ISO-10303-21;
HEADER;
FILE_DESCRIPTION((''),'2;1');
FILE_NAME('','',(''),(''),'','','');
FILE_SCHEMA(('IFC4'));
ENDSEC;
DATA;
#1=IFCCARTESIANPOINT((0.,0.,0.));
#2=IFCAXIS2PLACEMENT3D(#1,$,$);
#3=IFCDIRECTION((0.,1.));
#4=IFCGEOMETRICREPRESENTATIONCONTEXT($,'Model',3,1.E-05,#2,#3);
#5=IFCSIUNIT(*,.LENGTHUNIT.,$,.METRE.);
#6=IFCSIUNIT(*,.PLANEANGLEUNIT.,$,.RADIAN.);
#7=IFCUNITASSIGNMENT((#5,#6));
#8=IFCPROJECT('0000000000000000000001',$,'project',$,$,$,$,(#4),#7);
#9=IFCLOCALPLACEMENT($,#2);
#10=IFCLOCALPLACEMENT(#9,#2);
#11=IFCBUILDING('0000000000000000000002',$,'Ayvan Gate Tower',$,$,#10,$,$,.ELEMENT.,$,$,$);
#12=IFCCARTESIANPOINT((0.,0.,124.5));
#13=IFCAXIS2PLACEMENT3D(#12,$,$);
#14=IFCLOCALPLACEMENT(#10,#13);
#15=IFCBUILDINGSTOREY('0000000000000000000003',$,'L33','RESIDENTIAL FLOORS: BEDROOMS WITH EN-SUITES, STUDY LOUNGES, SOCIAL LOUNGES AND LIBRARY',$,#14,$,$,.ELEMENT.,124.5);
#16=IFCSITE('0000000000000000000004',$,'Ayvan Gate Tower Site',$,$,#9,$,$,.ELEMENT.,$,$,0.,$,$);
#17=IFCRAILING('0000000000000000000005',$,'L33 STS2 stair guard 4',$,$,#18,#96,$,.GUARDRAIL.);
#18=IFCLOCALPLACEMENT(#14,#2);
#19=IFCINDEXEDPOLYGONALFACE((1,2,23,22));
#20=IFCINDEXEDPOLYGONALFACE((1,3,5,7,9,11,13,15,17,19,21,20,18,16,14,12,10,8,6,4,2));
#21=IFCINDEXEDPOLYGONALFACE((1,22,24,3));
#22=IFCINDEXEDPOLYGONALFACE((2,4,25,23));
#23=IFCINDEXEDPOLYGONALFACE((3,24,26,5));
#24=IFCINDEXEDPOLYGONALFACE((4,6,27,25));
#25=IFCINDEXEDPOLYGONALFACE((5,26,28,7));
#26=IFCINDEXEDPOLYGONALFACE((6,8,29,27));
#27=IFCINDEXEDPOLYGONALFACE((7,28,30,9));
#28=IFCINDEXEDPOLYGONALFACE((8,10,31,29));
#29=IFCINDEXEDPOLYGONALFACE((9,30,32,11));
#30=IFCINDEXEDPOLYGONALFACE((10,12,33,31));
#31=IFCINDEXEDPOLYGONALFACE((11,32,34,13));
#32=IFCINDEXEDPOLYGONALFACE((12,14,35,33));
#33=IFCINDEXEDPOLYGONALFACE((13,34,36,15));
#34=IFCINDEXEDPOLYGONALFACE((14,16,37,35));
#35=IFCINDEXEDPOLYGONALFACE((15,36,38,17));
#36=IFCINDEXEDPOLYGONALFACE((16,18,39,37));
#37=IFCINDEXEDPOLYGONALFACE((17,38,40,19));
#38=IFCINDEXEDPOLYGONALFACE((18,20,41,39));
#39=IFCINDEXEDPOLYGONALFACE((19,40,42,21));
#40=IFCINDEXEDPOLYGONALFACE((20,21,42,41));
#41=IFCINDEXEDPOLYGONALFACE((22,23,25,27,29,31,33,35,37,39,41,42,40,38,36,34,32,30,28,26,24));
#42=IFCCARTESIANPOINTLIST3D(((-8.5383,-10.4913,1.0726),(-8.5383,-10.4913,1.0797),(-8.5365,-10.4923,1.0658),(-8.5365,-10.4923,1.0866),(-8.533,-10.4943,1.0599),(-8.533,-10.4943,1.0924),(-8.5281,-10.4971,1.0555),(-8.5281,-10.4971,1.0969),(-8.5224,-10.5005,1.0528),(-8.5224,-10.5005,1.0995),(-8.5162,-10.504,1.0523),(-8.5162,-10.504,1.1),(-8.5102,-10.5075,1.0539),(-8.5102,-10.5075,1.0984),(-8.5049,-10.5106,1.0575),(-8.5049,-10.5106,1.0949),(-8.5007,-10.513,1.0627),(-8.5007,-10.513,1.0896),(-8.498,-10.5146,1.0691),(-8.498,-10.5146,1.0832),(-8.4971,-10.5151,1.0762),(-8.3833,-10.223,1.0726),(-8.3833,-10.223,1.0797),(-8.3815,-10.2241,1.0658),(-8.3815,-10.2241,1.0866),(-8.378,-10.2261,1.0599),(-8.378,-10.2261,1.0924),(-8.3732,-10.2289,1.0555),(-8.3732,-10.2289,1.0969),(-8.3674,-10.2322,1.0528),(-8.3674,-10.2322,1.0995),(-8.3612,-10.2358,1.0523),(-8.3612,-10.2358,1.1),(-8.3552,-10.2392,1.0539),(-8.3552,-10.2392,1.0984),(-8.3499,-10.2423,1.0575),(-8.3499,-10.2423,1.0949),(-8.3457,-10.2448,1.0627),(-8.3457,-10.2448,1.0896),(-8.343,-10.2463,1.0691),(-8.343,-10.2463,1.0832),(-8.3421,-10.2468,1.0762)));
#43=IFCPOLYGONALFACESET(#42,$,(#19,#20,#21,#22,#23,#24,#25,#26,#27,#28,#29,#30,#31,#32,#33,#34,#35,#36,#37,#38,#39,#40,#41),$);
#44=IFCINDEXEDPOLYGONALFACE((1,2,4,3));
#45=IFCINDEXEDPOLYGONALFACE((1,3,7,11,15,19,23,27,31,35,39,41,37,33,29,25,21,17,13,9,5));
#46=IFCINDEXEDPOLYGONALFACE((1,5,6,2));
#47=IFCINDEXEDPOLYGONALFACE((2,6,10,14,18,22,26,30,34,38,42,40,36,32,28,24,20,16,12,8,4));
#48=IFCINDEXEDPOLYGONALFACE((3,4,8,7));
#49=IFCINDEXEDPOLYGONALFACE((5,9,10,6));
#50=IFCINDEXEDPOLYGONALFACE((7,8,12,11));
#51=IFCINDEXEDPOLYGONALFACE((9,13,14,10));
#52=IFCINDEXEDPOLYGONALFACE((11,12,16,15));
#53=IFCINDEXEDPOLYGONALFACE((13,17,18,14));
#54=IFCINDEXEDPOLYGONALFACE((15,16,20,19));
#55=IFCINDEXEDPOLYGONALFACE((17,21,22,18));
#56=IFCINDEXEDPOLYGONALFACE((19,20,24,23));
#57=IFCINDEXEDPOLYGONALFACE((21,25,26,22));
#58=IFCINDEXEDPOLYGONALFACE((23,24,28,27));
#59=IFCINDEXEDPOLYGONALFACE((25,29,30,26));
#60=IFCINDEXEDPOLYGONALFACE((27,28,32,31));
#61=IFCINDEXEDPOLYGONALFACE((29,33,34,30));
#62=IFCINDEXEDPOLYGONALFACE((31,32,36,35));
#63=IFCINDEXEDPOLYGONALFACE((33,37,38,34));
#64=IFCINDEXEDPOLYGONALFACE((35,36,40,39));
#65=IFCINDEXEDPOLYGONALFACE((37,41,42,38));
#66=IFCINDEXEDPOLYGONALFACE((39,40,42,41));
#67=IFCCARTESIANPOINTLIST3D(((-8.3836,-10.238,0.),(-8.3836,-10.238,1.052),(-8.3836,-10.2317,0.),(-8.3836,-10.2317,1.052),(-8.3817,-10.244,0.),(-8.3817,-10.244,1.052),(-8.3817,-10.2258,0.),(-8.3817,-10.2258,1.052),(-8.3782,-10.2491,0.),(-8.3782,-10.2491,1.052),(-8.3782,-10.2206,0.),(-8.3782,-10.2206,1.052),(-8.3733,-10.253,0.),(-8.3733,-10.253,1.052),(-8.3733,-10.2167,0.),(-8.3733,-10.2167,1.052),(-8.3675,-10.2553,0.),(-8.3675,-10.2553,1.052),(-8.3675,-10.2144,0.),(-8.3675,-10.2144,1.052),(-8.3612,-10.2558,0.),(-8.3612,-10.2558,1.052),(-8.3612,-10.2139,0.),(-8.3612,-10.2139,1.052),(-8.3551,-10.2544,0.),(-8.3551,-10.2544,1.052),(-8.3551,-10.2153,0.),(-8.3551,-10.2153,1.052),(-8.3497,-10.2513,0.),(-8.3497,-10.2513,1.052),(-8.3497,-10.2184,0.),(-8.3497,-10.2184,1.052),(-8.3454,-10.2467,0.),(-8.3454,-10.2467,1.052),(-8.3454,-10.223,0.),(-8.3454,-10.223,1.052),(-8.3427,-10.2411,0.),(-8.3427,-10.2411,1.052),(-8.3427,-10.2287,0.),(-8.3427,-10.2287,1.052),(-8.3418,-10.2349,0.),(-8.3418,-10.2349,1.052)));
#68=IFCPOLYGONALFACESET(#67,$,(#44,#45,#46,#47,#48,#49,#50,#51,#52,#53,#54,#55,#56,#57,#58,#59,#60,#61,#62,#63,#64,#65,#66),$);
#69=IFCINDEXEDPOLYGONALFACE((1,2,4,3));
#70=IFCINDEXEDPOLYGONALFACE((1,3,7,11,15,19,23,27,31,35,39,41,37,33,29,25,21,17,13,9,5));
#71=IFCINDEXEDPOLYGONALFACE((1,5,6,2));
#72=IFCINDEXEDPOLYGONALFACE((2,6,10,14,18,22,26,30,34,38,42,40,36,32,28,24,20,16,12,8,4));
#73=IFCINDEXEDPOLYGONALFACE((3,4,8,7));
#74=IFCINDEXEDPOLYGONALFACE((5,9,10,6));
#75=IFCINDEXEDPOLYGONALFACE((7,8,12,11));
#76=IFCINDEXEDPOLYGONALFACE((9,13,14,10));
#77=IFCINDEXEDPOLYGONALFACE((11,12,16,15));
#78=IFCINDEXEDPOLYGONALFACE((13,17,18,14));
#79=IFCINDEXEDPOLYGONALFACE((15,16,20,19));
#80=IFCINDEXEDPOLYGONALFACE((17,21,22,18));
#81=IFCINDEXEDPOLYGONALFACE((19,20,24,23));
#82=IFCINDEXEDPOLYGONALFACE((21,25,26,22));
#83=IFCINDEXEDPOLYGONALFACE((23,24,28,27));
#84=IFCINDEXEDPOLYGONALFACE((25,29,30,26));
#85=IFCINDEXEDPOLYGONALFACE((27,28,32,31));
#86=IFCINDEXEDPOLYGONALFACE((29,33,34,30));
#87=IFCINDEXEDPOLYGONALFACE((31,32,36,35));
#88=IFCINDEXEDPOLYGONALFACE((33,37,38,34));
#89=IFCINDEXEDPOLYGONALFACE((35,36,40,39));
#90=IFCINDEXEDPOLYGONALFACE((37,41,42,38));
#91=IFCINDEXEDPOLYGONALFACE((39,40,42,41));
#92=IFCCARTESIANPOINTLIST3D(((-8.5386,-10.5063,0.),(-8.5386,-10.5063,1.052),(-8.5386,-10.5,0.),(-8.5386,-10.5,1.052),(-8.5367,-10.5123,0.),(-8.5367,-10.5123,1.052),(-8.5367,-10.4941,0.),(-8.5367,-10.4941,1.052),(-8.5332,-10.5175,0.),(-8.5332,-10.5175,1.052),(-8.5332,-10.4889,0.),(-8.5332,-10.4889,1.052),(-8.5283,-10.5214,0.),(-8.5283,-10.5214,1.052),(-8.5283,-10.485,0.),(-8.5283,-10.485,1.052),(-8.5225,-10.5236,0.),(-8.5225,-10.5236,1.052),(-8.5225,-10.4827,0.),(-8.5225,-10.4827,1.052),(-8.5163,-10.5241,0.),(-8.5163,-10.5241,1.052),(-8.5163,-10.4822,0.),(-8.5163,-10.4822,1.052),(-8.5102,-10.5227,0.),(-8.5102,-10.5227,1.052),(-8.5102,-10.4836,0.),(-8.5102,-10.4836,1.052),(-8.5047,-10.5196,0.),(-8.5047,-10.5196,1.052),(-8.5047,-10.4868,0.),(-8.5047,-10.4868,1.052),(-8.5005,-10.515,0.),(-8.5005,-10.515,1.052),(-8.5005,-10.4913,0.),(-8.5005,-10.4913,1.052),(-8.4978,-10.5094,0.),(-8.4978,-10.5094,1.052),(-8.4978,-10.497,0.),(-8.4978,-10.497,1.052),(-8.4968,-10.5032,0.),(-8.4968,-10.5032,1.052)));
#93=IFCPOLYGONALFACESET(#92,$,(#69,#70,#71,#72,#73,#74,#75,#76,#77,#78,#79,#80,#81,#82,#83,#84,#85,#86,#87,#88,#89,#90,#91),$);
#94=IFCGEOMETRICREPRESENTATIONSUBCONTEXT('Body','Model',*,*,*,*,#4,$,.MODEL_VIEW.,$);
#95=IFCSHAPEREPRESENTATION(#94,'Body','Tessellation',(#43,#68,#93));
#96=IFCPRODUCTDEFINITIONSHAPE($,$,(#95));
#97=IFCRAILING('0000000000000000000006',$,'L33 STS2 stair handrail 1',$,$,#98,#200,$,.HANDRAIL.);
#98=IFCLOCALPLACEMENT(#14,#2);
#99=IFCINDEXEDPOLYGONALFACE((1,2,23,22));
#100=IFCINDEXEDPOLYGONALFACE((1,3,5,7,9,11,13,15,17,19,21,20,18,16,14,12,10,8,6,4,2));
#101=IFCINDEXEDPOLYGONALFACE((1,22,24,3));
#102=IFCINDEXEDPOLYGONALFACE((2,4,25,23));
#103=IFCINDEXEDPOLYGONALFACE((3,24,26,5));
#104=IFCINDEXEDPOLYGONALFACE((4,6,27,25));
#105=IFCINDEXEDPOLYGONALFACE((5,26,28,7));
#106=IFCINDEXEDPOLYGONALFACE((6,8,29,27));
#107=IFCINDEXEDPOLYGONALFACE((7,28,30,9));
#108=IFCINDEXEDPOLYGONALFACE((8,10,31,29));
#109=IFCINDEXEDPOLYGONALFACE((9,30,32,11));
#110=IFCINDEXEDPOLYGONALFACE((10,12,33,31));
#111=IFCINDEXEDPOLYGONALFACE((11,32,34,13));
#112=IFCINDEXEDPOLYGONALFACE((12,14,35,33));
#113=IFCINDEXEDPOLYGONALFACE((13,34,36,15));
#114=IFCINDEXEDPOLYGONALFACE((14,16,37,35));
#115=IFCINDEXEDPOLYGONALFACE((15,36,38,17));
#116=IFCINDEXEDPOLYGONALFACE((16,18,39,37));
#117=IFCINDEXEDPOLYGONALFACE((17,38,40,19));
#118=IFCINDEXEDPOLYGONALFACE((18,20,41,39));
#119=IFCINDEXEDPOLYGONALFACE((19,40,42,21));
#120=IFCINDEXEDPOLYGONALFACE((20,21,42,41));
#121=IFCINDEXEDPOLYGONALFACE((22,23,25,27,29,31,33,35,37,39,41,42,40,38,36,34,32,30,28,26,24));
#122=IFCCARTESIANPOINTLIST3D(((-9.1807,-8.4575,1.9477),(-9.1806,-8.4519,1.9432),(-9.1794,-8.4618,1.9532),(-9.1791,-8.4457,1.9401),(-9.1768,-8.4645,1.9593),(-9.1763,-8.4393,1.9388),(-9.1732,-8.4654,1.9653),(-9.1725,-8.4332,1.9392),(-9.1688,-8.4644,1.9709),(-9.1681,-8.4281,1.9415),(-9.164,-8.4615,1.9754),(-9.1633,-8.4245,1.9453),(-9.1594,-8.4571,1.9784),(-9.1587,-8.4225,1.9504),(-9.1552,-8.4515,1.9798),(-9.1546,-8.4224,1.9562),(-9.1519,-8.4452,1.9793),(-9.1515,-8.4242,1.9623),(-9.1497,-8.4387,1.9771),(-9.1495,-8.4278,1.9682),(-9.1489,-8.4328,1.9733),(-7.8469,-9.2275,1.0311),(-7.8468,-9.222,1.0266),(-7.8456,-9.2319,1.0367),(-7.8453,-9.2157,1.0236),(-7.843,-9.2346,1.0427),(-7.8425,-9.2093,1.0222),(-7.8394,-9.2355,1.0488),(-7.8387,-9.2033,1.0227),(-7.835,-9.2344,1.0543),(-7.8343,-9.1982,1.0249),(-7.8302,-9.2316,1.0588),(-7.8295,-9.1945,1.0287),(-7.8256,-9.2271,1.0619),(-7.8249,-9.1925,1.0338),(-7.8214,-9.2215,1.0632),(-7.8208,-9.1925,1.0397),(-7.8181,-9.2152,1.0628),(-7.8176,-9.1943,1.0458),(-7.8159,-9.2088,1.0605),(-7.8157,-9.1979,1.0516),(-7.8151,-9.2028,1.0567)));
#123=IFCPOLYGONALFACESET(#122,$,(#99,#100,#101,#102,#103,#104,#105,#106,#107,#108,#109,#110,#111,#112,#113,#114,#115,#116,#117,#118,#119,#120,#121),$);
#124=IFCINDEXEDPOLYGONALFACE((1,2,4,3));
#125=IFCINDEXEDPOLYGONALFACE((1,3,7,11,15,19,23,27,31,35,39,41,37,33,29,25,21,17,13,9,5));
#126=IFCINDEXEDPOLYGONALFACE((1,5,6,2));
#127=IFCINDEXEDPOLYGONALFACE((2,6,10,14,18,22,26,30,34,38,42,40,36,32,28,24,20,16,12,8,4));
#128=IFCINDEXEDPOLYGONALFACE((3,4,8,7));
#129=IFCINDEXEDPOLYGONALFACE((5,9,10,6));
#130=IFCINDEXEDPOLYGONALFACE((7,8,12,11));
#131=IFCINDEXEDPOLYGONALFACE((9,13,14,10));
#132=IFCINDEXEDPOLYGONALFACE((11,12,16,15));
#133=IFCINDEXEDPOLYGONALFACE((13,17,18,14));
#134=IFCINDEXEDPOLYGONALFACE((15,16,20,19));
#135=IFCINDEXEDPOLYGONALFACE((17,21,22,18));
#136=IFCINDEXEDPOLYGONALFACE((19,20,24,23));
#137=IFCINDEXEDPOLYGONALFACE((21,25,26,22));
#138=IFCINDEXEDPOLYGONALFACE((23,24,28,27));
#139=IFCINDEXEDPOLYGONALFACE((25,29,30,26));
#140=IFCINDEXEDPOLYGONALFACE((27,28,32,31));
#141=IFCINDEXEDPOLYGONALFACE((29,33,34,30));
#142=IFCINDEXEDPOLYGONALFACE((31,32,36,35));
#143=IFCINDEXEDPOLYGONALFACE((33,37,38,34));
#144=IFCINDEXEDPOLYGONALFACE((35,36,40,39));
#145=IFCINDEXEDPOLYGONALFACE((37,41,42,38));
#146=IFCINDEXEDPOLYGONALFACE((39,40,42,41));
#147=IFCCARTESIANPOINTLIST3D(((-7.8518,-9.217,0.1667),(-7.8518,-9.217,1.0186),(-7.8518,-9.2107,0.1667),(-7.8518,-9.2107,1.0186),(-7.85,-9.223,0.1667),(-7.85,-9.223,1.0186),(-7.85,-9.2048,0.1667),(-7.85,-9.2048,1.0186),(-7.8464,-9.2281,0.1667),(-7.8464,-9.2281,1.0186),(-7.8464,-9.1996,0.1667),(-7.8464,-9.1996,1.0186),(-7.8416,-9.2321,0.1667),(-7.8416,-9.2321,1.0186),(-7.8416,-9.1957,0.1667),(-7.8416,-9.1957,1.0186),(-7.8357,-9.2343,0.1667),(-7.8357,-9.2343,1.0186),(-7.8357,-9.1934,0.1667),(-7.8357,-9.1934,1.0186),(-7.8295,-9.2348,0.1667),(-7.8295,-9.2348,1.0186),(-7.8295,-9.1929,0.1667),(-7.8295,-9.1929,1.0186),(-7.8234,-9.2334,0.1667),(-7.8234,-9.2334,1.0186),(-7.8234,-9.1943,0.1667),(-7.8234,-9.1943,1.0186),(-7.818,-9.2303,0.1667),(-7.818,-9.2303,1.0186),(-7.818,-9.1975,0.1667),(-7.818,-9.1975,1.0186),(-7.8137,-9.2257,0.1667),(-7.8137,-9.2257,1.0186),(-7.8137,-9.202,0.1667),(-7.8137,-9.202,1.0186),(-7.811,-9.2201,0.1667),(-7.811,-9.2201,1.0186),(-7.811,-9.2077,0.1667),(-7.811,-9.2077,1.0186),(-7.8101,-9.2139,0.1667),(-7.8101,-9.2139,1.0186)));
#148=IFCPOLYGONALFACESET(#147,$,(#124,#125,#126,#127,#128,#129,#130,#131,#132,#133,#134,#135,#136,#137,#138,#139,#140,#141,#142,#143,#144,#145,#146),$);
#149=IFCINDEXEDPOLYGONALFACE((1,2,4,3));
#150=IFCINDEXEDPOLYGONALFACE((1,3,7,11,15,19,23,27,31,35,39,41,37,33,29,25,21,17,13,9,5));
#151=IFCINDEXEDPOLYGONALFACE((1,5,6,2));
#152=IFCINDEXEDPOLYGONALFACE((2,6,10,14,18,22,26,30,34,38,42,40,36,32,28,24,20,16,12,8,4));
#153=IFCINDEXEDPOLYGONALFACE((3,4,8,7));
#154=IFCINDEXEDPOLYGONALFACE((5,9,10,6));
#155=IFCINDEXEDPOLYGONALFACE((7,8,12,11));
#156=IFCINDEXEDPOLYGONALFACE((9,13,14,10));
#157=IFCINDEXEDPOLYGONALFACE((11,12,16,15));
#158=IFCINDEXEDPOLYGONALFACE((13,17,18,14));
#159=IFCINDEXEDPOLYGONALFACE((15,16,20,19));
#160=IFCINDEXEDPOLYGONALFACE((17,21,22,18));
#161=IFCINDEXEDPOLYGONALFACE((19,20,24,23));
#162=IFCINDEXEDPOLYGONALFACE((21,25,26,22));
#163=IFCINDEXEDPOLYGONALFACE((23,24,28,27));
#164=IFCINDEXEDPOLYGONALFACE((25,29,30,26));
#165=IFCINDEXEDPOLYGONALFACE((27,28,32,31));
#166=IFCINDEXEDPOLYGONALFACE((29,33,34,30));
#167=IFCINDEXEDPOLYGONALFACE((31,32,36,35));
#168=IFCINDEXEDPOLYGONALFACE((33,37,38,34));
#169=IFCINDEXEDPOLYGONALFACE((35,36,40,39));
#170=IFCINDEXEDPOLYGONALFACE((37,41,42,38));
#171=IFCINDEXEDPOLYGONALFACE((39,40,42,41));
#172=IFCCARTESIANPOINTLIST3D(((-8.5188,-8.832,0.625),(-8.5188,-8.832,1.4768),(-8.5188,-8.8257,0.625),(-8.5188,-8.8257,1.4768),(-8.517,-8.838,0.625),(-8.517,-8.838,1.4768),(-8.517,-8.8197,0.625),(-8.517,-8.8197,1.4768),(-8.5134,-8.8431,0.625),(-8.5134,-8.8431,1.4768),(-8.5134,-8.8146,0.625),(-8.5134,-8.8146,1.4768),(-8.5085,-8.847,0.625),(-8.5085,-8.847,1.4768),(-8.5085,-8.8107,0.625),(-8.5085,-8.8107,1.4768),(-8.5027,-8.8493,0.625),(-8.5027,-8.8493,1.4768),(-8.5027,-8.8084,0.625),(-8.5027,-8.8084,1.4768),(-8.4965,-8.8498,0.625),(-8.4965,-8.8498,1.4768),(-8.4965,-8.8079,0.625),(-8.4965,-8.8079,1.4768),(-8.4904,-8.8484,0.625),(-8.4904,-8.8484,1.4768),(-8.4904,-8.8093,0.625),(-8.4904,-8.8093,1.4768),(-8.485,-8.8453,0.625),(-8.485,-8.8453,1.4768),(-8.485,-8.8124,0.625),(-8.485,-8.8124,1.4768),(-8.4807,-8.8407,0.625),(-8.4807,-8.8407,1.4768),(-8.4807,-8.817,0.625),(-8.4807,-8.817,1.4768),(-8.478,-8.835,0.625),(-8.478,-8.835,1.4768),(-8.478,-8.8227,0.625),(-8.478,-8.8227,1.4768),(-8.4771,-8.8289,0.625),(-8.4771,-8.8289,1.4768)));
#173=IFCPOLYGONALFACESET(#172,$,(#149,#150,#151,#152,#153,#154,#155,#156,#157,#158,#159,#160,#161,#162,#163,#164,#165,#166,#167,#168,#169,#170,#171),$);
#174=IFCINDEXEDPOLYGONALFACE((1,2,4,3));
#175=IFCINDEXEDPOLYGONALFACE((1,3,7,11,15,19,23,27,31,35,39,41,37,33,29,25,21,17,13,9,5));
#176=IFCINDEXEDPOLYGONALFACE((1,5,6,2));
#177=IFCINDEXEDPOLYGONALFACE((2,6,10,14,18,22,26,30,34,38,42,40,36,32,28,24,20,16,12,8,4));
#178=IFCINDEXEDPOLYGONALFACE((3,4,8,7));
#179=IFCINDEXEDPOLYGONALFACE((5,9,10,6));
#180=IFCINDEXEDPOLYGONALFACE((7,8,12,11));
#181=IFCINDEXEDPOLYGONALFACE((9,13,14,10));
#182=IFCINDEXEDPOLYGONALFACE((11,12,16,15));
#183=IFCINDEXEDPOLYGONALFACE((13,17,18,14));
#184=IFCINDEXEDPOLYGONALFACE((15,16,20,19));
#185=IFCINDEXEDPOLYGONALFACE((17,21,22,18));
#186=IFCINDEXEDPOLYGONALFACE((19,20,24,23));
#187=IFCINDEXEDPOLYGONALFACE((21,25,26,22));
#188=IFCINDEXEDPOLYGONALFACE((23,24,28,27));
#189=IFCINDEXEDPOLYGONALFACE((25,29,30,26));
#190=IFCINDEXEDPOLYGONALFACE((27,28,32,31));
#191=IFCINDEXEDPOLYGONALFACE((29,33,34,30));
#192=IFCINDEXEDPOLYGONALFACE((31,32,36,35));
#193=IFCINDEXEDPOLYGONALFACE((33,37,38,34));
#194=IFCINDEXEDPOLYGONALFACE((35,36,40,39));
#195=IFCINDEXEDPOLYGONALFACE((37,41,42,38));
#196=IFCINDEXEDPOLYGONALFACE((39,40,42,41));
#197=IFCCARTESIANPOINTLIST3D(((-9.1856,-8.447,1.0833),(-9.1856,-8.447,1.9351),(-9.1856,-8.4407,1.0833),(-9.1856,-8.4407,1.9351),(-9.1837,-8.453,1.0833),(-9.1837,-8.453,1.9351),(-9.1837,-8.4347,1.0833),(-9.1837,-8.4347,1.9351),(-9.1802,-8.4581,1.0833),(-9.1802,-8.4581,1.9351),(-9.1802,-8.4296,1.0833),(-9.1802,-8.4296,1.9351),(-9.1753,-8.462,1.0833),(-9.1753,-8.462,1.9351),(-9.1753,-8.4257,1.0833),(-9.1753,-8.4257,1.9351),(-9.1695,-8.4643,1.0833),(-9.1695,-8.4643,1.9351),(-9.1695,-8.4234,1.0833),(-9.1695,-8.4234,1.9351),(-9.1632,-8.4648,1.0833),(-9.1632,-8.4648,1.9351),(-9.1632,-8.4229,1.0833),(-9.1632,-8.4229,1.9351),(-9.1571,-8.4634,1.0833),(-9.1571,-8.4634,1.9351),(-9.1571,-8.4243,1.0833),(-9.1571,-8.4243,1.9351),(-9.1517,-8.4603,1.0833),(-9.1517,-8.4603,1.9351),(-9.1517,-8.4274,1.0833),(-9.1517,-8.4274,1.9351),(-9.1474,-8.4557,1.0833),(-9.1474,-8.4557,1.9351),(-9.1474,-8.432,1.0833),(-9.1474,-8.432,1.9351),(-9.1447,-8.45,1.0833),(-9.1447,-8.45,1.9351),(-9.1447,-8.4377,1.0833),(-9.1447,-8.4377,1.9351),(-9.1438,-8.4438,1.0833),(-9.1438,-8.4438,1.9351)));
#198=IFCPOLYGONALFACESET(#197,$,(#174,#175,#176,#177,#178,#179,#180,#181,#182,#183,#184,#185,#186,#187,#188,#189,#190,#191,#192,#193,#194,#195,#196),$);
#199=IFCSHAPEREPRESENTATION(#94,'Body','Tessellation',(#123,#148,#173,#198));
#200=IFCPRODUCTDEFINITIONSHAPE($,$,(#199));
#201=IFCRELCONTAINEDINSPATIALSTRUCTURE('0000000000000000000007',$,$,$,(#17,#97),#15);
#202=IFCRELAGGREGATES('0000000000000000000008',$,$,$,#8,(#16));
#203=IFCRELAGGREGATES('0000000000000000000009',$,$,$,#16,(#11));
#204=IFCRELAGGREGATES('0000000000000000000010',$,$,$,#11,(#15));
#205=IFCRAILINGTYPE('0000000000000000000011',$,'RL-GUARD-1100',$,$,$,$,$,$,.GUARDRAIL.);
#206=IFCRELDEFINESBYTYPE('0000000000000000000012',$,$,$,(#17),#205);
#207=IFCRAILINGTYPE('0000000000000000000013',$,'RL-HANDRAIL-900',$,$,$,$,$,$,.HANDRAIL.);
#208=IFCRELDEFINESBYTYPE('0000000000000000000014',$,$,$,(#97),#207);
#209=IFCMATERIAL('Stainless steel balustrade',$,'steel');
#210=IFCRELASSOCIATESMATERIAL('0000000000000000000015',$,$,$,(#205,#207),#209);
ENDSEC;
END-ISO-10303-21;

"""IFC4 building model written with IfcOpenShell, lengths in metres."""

from ifc_helpers import new_model, si_unit, direction, frame, origin, origin_2d, place, context, subcontext, project, spatial, circle, extrude, material, type_object, element, save


model = new_model("IFC4")

# Units and contexts
model_context = context("Model", 3, precision=1e-05, world=origin(), true_north=direction((0.0, 1.0)))
body_context = subcontext(model_context, "Body", "Model", "MODEL_VIEW")
ifc_project = project(units=[si_unit("LENGTHUNIT", "METRE"), si_unit("PLANEANGLEUNIT", "RADIAN")], contexts=[model_context])

# Site, building, storey
site_placement = place(None, origin())
site = spatial("IfcSite", under=ifc_project, at=site_placement, Name="Ayvan Gate Tower Site", CompositionType="ELEMENT", RefElevation=0.0)
building_placement = place(site_placement, origin())
building = spatial("IfcBuilding", under=site, at=building_placement, Name="Ayvan Gate Tower", CompositionType="ELEMENT")
storey_placement = place(building_placement, frame((0.0, 0.0, 124.5)))
storey = spatial("IfcBuildingStorey", under=building, at=storey_placement, Name="L33", Description="RESIDENTIAL FLOORS: BEDROOMS WITH EN-SUITES, STUDY LOUNGES, SOCIAL LOUNGES AND LIBRARY", CompositionType="ELEMENT", Elevation=124.5)

# Railings
ifc_material_1 = material(Name="Stainless steel balustrade", Category="steel")
railing_type_1 = type_object("IfcRailingType", Name="RL-GUARD-1100", PredefinedType="GUARDRAIL", material=ifc_material_1)
railing_1_placement = place(storey_placement, frame((-8.3628, -10.2349, 0.0)))
element("IfcRailing", 1, at=railing_1_placement, inside=storey, type_object=railing_type_1, Name="L33 STS2 stair guard 4", PredefinedType="GUARDRAIL", context=body_context, shape_type="SweptSolid", body=[
    extrude(circle(Radius=0.0239, at=origin_2d()), frame((0.0, 0.0, 1.0762), z_axis=(-0.500291, -0.865857, 0.0), x_axis=(0.865857, -0.500291, 0.0)), (0.0, 0.0, 1.0), 0.3098),
    extrude(circle(Radius=0.021, at=origin_2d()), origin(), (0.0, 0.0, 1.0), 1.052),
    extrude(circle(Radius=0.021, at=origin_2d()), frame((-0.155, -0.2683, 0.0)), (0.0, 0.0, 1.0), 1.052),
])
railing_type_2 = type_object("IfcRailingType", Name="RL-HANDRAIL-900", PredefinedType="HANDRAIL", material=ifc_material_1)
railing_2_placement = place(storey_placement, frame((-7.8311, -9.2139, 0.1667)))
element("IfcRailing", 2, at=railing_2_placement, inside=storey, type_object=railing_type_2, Name="L33 STS2 stair handrail 1", PredefinedType="HANDRAIL", context=body_context, shape_type="SweptSolid", body=[
    extrude(circle(Radius=0.0239, at=origin_2d()), frame((0.0, 0.0, 0.876), z_axis=(-0.744216, 0.429664, 0.511401), x_axis=(-0.499992, -0.86603, 0.0)), (0.0, 0.0, 1.0), 1.7922),
    extrude(circle(Radius=0.021, at=origin_2d()), origin(), (0.0, 0.0, 1.0), 0.8518),
    extrude(circle(Radius=0.021, at=origin_2d()), frame((-0.667, 0.385, 0.4583)), (0.0, 0.0, 1.0), 0.8518),
    extrude(circle(Radius=0.021, at=origin_2d()), frame((-1.3337, 0.77, 0.9165)), (0.0, 0.0, 1.0), 0.8518),
])

save(model, "model.ifc")
